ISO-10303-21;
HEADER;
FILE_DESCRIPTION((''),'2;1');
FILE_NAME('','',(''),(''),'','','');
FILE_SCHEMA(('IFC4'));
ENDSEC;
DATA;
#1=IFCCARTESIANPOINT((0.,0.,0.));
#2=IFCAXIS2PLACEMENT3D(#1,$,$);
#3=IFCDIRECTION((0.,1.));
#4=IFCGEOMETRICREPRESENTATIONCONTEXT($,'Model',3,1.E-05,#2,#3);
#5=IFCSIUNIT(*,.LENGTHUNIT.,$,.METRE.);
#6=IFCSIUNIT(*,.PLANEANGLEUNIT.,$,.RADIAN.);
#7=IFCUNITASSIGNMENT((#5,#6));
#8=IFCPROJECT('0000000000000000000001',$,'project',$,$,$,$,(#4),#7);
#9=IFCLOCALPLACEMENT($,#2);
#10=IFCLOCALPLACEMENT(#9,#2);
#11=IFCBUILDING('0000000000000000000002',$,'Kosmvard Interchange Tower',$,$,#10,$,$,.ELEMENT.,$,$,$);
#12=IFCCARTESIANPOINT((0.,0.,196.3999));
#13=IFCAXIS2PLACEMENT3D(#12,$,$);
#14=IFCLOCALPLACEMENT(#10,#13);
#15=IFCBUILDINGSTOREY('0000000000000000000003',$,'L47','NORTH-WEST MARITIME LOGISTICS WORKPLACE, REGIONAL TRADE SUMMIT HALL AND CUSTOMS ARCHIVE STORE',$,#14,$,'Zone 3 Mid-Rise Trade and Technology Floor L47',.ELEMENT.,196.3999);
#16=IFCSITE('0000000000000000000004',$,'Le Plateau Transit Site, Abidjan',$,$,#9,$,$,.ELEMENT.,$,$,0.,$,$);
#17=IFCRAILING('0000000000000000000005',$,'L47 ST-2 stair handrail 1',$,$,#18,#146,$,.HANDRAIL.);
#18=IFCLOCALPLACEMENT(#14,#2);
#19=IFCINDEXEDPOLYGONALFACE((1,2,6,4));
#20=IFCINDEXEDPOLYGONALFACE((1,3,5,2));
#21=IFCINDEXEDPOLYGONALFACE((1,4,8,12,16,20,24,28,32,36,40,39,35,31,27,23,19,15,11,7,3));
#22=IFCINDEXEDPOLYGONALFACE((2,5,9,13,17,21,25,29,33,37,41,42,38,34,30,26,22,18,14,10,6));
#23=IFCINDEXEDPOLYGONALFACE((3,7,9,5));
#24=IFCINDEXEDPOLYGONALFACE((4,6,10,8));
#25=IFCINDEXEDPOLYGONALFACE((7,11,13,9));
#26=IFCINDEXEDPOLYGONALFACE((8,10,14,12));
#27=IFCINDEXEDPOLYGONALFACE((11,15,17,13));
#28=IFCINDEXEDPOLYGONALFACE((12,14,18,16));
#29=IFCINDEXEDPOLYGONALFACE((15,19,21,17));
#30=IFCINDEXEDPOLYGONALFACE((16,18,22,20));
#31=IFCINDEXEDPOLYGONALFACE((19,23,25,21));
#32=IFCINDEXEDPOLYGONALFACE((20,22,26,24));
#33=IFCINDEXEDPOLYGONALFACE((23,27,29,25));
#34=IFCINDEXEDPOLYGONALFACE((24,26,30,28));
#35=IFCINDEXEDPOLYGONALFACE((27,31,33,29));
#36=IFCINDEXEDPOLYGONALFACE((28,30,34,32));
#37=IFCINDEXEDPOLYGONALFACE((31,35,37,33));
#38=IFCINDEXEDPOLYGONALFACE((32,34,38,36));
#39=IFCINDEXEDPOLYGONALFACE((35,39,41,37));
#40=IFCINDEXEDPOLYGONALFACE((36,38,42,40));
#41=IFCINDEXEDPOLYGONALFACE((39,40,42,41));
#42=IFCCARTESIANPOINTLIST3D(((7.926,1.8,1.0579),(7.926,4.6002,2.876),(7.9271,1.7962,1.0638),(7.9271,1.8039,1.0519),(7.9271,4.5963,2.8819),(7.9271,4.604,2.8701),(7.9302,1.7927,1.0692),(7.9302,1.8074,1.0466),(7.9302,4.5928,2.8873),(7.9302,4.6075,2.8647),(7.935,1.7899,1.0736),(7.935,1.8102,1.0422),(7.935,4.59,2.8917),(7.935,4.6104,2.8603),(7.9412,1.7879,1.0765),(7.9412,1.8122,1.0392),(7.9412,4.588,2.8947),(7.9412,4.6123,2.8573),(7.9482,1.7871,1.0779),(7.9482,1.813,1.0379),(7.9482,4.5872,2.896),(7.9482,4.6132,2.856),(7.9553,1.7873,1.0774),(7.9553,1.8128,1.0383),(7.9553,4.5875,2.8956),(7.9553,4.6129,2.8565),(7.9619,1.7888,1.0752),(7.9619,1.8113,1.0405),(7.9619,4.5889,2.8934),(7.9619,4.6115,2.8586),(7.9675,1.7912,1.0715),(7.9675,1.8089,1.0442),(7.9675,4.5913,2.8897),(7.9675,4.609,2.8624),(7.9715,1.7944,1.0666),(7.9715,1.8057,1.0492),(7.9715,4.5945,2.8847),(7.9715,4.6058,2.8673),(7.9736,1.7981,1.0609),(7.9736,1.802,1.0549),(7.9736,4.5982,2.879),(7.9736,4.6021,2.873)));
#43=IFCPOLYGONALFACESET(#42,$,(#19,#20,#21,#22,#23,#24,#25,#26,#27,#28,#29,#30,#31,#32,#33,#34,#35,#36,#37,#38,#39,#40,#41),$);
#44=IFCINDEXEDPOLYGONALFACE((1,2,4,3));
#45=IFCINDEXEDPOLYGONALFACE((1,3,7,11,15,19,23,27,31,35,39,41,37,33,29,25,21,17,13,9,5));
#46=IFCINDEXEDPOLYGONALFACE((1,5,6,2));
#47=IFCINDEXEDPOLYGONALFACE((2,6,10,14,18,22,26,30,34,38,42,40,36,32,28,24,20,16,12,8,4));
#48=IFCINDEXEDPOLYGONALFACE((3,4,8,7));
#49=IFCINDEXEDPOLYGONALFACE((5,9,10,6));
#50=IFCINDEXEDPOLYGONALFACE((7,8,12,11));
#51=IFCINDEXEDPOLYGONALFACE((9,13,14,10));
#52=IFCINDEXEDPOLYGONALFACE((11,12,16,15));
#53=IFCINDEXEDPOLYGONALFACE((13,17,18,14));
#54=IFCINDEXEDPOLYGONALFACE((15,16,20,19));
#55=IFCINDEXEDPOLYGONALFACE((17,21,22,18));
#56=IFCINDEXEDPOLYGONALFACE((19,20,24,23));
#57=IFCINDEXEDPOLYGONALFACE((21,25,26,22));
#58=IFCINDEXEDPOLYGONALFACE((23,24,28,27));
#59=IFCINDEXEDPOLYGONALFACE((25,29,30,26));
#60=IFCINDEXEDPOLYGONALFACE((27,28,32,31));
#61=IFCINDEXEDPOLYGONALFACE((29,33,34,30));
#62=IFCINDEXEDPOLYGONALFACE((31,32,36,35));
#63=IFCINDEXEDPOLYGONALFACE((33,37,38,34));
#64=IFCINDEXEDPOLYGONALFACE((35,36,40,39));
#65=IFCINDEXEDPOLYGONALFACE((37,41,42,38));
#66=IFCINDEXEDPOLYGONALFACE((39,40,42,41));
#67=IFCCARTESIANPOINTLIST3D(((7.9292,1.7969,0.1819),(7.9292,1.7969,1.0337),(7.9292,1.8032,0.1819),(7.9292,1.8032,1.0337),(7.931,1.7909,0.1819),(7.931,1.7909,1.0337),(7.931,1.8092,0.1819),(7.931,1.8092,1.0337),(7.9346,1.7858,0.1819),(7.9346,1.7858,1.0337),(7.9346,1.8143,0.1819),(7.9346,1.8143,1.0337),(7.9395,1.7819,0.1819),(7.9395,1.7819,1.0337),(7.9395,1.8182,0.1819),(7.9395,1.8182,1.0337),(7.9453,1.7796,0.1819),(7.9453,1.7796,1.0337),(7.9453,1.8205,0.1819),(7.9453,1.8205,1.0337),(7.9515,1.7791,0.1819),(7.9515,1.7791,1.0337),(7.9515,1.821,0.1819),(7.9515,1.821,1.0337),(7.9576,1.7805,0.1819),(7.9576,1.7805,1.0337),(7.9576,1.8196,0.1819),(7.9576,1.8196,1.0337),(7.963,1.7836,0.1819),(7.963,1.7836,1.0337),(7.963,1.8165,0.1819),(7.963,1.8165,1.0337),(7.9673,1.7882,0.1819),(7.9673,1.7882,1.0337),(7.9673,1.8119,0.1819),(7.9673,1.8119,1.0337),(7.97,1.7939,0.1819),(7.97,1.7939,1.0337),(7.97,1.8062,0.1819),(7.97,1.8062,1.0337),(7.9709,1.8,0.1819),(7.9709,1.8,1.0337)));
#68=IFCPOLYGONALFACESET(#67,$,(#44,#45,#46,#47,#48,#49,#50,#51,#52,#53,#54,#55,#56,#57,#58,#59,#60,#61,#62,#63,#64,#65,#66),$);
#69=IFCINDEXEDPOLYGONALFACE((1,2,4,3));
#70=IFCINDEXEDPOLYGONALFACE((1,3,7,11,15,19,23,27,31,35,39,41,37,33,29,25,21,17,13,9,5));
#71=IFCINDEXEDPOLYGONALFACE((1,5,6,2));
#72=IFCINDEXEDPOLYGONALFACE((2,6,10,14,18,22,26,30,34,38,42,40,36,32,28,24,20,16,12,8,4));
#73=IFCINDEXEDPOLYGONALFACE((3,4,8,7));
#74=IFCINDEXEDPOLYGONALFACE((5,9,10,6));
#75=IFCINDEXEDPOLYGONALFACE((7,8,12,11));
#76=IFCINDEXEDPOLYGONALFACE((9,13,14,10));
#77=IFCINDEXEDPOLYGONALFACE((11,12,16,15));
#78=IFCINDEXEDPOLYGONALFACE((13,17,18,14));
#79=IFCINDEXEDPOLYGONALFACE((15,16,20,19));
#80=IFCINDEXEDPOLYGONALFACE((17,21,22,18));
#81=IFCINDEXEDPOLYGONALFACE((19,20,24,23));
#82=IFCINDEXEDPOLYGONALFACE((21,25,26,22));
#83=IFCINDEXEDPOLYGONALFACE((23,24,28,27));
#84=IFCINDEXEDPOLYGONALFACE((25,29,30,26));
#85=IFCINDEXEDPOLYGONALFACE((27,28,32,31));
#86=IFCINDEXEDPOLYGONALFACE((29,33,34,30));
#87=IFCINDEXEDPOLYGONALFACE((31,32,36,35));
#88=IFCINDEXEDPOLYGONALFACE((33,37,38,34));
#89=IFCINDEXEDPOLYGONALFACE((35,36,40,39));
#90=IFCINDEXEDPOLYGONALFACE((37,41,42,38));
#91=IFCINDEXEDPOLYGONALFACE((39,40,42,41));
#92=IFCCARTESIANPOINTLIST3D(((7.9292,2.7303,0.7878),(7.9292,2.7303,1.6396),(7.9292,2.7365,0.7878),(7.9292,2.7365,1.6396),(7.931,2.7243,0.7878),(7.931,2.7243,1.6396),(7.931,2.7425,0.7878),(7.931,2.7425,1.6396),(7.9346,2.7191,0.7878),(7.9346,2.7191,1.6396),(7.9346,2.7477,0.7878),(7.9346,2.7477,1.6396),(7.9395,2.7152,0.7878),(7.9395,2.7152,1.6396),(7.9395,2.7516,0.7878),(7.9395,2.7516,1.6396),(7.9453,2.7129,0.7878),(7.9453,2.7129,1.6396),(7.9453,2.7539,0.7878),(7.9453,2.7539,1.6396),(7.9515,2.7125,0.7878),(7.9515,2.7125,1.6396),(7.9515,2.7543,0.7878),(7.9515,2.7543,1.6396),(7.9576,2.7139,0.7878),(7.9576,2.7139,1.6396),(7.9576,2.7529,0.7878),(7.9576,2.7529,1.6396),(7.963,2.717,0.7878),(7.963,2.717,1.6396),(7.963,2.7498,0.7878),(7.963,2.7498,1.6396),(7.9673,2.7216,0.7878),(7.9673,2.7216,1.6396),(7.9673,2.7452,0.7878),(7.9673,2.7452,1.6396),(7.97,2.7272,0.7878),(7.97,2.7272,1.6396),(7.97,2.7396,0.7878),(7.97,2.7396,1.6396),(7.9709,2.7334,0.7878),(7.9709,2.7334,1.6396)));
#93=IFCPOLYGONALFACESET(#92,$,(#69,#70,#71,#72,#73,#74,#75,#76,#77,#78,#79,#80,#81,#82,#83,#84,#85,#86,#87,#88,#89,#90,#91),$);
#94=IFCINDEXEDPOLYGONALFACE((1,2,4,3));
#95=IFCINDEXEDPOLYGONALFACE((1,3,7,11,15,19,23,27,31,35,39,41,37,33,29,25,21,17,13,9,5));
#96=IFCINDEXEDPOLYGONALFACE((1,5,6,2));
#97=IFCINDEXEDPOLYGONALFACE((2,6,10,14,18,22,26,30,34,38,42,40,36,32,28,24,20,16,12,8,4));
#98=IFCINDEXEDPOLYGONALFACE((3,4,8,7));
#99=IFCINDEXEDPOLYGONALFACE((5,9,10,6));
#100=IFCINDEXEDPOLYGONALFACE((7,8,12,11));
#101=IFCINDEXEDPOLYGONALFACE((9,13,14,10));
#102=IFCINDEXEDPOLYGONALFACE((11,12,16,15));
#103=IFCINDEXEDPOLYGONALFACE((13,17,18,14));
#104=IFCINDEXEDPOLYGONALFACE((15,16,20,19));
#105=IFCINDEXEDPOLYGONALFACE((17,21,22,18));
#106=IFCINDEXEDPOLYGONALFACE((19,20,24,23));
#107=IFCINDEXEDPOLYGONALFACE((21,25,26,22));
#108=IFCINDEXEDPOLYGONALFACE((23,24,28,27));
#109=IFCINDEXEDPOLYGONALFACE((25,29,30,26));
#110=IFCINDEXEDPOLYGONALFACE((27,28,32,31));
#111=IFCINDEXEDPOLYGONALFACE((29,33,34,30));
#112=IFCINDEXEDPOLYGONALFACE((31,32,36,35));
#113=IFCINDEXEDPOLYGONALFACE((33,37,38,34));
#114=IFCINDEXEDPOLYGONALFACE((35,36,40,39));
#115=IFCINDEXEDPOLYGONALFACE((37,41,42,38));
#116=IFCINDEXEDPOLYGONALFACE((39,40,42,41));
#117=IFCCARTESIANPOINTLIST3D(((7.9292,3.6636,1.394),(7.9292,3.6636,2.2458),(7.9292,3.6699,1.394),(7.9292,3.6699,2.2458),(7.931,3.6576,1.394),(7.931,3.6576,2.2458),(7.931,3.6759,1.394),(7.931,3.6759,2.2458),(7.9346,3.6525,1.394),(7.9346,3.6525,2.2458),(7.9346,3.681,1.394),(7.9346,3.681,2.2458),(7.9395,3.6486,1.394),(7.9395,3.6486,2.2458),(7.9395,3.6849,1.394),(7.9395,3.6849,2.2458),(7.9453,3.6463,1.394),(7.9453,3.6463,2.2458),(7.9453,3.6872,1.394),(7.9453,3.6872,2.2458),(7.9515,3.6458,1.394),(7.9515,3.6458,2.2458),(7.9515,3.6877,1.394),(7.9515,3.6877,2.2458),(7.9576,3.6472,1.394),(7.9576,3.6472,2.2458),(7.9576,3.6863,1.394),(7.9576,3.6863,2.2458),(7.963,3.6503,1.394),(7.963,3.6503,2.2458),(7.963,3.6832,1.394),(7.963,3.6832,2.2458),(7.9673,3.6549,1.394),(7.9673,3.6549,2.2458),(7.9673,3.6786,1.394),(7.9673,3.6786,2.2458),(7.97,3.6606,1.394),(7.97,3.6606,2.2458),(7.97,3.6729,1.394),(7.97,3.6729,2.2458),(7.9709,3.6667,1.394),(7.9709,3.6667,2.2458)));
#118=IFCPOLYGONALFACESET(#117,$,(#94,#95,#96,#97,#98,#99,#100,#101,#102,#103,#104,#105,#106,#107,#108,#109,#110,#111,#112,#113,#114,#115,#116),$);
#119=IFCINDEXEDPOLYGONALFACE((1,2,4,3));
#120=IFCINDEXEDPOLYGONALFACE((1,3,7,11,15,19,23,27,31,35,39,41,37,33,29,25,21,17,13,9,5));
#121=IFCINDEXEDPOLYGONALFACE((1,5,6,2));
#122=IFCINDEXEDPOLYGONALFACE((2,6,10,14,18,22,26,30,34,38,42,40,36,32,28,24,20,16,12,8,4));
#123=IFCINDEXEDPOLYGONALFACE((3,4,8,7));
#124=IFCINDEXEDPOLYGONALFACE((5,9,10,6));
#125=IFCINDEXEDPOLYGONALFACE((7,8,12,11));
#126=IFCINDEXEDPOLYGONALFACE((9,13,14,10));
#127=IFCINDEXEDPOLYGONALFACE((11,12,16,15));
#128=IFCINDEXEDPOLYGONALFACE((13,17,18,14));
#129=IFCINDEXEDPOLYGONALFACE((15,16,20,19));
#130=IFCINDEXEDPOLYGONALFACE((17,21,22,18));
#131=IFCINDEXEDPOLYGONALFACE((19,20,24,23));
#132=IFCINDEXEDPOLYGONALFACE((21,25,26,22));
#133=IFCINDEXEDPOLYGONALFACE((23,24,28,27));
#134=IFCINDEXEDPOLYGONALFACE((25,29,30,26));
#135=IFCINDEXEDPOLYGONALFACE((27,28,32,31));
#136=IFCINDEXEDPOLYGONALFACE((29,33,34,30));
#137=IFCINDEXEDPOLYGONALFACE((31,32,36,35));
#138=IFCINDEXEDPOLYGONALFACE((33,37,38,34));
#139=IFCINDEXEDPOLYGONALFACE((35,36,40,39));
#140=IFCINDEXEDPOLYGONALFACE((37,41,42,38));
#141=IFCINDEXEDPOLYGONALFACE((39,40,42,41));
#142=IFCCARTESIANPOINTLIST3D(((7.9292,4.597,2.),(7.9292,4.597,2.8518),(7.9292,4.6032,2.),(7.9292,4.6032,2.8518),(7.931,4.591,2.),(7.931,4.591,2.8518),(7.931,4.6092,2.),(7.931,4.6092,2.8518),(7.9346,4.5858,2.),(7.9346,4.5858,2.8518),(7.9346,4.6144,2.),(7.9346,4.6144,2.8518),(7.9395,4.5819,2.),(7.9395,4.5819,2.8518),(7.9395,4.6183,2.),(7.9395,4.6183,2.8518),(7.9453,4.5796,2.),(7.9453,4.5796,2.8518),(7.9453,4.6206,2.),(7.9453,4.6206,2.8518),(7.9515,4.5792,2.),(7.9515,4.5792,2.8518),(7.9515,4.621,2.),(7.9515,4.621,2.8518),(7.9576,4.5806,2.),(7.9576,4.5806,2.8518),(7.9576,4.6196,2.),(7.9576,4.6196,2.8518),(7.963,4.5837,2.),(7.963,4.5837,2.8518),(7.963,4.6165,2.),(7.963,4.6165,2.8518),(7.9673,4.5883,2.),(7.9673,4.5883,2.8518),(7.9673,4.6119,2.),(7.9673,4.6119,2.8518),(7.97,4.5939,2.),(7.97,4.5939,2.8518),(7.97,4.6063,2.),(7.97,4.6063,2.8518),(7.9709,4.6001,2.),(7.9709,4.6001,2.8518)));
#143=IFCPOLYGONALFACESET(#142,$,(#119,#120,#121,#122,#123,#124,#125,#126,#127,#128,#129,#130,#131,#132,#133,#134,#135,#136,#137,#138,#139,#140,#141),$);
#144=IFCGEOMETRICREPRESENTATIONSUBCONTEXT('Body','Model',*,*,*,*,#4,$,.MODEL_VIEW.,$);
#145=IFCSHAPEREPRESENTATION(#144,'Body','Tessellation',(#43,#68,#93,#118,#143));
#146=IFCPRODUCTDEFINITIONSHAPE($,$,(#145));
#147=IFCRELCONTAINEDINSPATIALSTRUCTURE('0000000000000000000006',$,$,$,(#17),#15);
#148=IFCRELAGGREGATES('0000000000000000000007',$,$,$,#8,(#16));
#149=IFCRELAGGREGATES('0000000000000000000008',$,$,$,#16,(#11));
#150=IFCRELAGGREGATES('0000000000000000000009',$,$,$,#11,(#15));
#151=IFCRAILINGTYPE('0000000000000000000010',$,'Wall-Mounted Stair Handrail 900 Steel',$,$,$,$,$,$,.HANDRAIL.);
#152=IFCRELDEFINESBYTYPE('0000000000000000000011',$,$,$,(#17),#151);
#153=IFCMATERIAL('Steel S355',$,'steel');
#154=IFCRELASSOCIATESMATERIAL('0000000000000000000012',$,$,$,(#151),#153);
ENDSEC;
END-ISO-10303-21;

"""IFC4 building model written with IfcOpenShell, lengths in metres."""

from ifc_helpers import new_model, si_unit, direction, frame, origin, origin_2d, place, context, subcontext, project, spatial, circle, extrude, source, transform, mapped, material, type_object, element, save


model = new_model("IFC4")

# Units and contexts
model_context = context("Model", 3, precision=1e-05, world=origin(), true_north=direction((0.0, 1.0)))
body_context = subcontext(model_context, "Body", "Model", "MODEL_VIEW")
ifc_project = project(units=[si_unit("LENGTHUNIT", "METRE"), si_unit("PLANEANGLEUNIT", "RADIAN")], contexts=[model_context])

# Site, building, storey
site_placement = place(None, origin())
site = spatial("IfcSite", under=ifc_project, at=site_placement, Name="Le Plateau Transit Site, Abidjan", CompositionType="ELEMENT", RefElevation=0.0)
building_placement = place(site_placement, origin())
building = spatial("IfcBuilding", under=site, at=building_placement, Name="Kosmvard Interchange Tower", CompositionType="ELEMENT")
storey_placement = place(building_placement, frame((0.0, 0.0, 196.3999)))
storey = spatial("IfcBuildingStorey", under=building, at=storey_placement, Name="L47", Description="NORTH-WEST MARITIME LOGISTICS WORKPLACE, REGIONAL TRADE SUMMIT HALL AND CUSTOMS ARCHIVE STORE", LongName="Zone 3 Mid-Rise Trade and Technology Floor L47", CompositionType="ELEMENT", Elevation=196.3999)

# Railing
ifc_material_1 = material(Name="Steel S355", Category="steel")
railing_type_1 = type_object("IfcRailingType", Name="Wall-Mounted Stair Handrail 900 Steel", PredefinedType="HANDRAIL", material=ifc_material_1)
shared_shape_1 = source(origin(), body_context, "Body", "SweptSolid", [
    extrude(circle(Radius=0.0239, at=origin_2d()), frame((0.0, 0.0, 0.876), z_axis=(0.0, 0.838706, 0.544585), x_axis=(-1.0, 0.0, 0.0)), (0.0, 0.0, 1.0), 3.3386),
    extrude(circle(Radius=0.021, at=origin_2d()), origin(), (0.0, 0.0, 1.0), 0.8518),
    extrude(circle(Radius=0.021, at=origin_2d()), frame((0.0, 0.9333, 0.606)), (0.0, 0.0, 1.0), 0.8518),
    extrude(circle(Radius=0.021, at=origin_2d()), frame((0.0, 1.8667, 1.2122)), (0.0, 0.0, 1.0), 0.8518),
    extrude(circle(Radius=0.021, at=origin_2d()), frame((0.0, 2.8, 1.8181)), (0.0, 0.0, 1.0), 0.8518),
])
railing_1_placement = place(storey_placement, frame((7.95, 1.8, 0.1819)))
element("IfcRailing", 1, at=railing_1_placement, inside=storey, type_object=railing_type_1, Name="L47 ST-2 stair handrail 1", PredefinedType="HANDRAIL", context=body_context, shape_type="MappedRepresentation", body=[
    mapped(shared_shape_1, transform((0.0, 0.0, 0.0), scale=1.0)),
])

save(model, "model.ifc")
